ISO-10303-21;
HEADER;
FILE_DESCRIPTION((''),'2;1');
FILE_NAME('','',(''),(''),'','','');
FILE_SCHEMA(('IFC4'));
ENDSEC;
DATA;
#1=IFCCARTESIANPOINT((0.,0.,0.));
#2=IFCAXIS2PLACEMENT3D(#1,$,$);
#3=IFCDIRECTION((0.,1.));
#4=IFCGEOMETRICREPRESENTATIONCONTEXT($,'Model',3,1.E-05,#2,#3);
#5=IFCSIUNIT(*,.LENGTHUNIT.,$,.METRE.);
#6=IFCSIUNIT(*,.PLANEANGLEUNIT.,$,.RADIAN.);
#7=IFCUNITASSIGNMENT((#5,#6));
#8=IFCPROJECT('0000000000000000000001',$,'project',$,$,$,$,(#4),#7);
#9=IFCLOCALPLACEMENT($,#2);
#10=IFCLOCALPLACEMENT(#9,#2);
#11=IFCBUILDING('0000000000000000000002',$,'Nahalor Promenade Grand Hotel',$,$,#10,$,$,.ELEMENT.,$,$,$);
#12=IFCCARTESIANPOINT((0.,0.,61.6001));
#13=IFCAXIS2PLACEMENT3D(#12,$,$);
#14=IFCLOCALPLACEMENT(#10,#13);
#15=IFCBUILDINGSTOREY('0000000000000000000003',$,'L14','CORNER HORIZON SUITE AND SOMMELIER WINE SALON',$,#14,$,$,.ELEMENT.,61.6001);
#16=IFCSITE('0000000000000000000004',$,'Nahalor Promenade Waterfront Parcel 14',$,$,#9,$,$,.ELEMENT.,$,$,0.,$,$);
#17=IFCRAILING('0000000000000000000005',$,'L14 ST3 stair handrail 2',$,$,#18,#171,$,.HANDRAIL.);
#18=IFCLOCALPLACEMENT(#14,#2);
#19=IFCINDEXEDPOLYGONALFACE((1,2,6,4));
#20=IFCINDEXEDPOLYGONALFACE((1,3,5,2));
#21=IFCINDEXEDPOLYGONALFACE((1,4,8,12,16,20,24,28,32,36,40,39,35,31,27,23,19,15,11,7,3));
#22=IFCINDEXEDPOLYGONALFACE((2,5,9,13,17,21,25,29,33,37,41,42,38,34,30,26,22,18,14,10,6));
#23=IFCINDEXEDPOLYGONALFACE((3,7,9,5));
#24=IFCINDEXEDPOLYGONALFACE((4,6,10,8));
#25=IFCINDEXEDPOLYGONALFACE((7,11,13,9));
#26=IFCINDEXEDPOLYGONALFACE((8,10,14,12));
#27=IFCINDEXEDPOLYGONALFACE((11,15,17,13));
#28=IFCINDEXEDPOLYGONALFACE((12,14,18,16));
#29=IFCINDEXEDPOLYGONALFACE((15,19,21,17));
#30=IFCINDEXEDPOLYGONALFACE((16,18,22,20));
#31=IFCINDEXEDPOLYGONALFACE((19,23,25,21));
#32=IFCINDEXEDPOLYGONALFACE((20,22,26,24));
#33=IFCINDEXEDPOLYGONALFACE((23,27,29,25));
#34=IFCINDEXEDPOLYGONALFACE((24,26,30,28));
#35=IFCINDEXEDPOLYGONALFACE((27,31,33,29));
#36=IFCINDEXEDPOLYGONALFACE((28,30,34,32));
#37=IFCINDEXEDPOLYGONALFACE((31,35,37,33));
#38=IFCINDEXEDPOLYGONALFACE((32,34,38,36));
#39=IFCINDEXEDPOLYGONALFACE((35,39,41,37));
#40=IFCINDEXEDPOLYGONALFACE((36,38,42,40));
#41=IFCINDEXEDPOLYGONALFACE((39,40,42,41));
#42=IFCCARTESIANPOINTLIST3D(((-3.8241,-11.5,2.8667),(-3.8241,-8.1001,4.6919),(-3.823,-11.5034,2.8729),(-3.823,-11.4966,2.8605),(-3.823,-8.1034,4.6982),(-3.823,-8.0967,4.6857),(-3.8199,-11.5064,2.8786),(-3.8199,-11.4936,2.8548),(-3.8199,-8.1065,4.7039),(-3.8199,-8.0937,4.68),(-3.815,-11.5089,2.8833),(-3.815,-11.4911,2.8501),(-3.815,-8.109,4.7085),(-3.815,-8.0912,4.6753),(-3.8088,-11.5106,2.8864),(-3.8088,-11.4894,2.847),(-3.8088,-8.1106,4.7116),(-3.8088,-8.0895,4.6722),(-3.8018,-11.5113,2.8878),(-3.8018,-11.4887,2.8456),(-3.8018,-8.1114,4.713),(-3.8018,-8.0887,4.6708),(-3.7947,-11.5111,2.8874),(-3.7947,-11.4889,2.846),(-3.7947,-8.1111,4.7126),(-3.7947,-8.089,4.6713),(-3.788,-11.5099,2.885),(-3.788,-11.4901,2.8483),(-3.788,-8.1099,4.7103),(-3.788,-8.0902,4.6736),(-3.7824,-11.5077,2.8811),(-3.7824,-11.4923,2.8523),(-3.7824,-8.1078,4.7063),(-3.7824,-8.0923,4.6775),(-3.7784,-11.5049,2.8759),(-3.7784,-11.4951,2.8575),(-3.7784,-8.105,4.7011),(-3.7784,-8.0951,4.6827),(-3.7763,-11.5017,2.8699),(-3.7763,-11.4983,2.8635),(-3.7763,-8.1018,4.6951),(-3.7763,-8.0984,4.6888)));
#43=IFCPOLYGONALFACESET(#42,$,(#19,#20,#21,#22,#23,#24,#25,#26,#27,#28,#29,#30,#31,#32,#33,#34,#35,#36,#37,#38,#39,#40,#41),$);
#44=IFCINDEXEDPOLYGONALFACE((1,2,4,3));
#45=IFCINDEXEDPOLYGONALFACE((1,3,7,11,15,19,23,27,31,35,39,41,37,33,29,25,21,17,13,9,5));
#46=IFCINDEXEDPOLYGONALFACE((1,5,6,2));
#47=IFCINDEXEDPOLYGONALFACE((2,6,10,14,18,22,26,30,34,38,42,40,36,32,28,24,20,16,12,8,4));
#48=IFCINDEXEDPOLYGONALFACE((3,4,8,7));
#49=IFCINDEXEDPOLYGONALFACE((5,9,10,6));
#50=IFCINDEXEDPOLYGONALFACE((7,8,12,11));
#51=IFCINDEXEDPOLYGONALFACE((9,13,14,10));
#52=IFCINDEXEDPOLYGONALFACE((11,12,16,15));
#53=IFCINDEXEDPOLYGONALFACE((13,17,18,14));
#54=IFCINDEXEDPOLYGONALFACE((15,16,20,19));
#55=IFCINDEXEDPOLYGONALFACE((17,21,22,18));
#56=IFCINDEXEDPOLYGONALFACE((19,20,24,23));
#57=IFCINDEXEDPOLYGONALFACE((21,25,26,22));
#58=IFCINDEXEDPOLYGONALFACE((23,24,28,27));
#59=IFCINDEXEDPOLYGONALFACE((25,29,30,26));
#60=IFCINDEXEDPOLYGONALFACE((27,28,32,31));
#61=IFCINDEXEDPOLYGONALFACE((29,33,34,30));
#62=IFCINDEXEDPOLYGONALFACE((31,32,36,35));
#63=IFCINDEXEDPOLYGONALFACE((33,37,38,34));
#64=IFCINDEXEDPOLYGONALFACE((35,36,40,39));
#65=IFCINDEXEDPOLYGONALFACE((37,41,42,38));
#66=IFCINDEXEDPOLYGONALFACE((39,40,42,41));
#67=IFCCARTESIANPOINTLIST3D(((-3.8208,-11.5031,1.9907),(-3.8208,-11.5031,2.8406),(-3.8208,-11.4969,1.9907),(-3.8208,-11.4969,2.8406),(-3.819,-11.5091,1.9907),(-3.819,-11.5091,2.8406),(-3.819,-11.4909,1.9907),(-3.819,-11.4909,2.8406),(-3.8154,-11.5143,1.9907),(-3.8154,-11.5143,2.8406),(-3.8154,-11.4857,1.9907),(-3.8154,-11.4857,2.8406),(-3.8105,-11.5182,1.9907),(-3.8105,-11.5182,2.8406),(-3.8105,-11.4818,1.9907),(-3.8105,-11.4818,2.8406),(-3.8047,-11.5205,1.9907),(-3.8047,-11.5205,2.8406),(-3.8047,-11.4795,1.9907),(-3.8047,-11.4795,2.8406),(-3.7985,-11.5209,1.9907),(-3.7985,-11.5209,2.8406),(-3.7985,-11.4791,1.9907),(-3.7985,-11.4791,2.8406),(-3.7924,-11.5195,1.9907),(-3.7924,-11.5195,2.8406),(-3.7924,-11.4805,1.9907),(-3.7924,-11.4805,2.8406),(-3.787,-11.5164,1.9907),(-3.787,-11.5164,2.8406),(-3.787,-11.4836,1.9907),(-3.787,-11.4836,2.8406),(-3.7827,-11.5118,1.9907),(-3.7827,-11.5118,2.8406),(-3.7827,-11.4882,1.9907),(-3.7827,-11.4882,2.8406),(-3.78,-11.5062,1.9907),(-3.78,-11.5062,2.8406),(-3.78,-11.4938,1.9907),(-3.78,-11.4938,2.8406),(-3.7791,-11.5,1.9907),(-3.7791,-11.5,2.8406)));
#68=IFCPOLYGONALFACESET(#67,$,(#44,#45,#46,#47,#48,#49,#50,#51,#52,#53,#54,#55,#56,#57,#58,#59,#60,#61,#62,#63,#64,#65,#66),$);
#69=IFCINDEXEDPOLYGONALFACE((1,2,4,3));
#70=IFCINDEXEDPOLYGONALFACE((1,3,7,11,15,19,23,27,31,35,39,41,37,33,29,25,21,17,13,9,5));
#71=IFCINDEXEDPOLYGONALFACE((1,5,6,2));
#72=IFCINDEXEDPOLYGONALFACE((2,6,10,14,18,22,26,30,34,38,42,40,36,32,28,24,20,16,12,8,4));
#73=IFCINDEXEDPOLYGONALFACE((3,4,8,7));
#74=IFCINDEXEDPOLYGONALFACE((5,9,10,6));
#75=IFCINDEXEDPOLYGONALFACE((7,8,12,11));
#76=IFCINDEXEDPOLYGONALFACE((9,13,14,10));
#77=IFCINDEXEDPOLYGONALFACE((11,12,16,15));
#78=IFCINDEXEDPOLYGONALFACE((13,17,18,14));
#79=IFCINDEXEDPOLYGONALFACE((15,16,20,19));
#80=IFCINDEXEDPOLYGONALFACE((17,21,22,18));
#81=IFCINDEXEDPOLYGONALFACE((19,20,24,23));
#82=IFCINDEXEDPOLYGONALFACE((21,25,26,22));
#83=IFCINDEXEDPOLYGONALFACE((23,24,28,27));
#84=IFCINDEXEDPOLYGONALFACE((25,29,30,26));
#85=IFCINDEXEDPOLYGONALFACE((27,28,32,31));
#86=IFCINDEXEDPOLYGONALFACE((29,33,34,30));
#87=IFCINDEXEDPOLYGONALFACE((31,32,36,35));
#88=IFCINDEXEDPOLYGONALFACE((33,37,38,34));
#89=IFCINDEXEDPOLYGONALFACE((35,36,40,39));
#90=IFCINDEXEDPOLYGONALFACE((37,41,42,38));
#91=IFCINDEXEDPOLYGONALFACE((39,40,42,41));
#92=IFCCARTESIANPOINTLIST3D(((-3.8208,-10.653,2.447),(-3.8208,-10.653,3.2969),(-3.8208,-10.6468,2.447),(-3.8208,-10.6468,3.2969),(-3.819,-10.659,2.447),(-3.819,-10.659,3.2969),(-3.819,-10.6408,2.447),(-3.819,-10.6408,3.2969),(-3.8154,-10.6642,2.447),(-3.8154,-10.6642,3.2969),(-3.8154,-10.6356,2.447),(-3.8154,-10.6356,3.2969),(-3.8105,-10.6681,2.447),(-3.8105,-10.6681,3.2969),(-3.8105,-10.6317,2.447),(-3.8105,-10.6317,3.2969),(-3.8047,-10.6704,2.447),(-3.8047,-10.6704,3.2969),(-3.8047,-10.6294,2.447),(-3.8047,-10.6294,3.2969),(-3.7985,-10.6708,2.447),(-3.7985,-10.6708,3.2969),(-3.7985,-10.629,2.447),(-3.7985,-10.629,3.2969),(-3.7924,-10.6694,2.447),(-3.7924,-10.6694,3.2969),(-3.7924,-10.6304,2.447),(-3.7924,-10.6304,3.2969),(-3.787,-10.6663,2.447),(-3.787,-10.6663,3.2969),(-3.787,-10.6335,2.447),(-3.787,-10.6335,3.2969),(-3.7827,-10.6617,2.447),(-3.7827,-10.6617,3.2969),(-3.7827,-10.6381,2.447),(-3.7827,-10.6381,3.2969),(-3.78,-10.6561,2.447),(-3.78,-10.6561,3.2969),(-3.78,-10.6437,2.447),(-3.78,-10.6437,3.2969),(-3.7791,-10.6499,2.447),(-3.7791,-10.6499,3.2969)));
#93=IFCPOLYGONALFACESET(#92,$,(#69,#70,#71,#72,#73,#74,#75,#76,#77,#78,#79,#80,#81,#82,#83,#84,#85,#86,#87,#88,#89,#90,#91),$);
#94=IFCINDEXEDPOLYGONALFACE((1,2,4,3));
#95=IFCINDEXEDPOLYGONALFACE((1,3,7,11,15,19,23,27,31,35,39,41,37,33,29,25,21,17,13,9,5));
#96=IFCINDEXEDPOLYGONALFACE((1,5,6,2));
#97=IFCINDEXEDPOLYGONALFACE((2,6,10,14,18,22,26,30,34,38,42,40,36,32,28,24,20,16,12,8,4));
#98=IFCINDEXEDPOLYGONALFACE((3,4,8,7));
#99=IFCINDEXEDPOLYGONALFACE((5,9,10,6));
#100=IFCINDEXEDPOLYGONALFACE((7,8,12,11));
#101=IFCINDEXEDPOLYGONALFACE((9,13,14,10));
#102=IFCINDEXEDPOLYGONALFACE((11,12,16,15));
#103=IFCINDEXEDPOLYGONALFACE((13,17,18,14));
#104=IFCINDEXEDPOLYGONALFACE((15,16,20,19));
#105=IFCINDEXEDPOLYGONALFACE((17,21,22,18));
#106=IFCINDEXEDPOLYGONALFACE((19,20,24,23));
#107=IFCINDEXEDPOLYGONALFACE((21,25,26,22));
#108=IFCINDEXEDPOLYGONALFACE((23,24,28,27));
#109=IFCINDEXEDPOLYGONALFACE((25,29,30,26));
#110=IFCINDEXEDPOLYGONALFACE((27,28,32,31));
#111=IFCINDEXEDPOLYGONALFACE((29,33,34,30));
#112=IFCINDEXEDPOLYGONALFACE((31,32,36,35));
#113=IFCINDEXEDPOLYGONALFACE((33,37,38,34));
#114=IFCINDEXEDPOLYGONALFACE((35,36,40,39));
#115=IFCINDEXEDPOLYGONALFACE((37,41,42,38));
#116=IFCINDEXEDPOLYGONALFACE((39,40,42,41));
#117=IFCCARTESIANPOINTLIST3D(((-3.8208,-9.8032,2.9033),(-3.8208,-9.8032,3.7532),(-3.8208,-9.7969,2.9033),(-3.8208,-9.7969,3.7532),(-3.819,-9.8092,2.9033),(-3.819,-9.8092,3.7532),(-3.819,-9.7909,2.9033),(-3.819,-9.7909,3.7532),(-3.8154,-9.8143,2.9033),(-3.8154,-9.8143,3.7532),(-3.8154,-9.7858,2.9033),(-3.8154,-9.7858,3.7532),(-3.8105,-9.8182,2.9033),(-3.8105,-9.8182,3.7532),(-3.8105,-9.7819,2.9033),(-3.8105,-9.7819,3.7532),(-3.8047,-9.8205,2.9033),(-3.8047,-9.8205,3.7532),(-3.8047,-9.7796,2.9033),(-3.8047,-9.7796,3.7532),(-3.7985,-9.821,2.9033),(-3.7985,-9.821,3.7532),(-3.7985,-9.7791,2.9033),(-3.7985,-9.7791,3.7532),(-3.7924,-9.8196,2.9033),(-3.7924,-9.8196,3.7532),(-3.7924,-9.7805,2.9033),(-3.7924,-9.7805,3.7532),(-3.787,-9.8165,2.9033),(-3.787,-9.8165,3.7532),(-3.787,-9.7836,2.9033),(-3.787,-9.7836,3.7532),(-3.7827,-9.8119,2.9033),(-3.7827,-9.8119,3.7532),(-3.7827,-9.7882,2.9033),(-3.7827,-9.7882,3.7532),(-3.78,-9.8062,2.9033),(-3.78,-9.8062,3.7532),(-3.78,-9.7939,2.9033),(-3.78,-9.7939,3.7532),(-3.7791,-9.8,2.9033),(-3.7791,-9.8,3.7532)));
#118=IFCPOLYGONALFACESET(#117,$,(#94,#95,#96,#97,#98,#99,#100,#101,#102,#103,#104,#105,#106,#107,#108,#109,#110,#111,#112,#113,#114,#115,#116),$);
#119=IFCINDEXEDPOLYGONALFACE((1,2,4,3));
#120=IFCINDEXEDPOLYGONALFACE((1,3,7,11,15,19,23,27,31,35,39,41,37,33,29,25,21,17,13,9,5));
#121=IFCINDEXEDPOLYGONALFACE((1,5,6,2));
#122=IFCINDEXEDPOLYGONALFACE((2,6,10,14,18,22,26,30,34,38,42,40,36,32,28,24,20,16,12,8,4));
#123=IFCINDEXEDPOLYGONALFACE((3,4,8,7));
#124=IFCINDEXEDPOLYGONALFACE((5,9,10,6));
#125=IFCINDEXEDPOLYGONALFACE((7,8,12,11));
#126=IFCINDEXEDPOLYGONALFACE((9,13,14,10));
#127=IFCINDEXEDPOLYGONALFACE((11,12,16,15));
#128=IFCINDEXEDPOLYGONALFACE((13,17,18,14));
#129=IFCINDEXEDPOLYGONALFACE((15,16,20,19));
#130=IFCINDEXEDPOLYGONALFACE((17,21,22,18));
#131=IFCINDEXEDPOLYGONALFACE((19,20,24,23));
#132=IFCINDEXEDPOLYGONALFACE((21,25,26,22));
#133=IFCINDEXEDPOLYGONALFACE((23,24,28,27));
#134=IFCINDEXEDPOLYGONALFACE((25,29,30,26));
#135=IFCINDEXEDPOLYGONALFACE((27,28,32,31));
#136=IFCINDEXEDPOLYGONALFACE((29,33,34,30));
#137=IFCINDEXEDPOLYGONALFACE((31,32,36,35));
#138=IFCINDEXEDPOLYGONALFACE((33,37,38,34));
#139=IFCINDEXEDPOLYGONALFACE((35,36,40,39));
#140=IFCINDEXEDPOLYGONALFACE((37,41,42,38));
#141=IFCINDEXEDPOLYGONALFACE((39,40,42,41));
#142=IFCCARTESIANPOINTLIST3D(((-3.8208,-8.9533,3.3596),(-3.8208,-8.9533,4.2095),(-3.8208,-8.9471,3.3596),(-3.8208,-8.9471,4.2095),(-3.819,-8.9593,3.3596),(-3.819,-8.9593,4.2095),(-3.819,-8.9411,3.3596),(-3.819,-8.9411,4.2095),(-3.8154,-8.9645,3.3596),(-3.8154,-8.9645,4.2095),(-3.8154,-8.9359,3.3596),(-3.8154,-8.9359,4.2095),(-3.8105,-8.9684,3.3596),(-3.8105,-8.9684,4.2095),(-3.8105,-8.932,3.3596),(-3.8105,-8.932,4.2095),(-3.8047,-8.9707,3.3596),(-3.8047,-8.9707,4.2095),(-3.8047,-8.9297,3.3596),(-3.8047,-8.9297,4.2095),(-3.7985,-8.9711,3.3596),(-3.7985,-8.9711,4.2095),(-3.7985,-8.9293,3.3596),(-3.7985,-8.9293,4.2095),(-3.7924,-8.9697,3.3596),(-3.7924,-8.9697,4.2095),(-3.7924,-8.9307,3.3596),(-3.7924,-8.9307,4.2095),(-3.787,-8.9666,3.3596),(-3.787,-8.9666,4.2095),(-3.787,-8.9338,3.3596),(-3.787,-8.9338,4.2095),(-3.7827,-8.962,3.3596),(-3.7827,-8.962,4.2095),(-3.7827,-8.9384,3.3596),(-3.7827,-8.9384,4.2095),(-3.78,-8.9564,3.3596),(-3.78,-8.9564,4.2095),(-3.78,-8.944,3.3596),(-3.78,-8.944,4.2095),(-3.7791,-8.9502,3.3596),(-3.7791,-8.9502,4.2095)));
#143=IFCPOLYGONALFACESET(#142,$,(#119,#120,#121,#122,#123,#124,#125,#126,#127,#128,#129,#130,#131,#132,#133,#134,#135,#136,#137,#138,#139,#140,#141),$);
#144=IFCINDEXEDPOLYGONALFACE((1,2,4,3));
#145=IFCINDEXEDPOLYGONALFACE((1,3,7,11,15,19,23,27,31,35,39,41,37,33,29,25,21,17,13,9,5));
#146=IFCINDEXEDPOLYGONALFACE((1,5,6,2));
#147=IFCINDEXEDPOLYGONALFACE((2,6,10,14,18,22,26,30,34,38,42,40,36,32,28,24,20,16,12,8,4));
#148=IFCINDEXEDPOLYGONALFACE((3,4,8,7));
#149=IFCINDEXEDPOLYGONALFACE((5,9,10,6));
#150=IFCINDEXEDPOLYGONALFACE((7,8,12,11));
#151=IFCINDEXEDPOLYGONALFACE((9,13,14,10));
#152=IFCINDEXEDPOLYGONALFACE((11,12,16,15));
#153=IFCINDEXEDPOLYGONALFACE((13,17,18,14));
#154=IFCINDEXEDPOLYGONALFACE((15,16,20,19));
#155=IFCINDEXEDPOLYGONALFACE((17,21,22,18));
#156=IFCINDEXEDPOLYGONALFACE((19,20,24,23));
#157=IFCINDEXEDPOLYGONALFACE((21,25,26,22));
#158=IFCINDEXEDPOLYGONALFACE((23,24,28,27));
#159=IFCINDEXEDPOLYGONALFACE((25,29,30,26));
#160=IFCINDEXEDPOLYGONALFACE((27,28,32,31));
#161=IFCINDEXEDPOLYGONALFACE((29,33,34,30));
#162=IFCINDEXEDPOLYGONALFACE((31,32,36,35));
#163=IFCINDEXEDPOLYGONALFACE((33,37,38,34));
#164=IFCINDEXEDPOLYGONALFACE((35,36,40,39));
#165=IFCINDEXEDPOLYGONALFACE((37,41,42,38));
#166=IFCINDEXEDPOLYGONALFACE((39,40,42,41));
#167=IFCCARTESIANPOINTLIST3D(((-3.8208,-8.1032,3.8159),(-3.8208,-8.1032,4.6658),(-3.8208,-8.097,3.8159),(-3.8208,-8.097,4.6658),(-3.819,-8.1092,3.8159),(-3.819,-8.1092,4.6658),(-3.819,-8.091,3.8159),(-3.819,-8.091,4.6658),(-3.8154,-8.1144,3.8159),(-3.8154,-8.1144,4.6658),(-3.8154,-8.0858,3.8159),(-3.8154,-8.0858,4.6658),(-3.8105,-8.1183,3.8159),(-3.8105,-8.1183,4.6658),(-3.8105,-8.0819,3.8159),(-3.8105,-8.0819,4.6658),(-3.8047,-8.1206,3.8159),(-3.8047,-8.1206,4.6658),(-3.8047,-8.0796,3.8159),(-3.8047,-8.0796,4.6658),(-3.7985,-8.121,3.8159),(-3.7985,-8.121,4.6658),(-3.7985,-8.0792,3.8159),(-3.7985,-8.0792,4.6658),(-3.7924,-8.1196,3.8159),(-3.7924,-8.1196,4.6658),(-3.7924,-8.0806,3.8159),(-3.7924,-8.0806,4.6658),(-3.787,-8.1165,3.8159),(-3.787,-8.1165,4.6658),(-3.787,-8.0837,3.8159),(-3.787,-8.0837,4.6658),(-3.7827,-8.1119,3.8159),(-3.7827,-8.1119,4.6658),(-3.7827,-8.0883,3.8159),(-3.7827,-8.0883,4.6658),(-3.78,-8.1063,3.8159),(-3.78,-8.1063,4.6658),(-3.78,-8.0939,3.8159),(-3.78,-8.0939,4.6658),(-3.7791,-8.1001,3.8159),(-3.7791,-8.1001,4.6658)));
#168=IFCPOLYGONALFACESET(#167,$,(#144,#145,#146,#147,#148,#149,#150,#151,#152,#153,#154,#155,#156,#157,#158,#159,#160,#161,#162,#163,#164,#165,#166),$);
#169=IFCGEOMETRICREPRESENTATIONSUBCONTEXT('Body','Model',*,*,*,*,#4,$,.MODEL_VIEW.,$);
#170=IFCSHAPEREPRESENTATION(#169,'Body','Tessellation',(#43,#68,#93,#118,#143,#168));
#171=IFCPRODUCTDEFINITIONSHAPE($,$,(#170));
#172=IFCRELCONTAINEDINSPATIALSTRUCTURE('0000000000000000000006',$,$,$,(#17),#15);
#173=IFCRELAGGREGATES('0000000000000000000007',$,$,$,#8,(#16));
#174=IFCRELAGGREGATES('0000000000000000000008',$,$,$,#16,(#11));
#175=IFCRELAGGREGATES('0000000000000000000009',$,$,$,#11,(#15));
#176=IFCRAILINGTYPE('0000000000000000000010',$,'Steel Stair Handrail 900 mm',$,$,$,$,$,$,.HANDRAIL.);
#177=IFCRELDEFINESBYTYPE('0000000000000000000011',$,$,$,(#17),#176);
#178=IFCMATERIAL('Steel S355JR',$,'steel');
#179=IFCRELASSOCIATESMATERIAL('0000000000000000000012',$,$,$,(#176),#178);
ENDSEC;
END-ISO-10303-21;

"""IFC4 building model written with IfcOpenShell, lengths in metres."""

from ifc_helpers import new_model, si_unit, direction, frame, origin, origin_2d, place, context, subcontext, project, spatial, circle, extrude, material, type_object, element, save


model = new_model("IFC4")

# Units and contexts
model_context = context("Model", 3, precision=1e-05, world=origin(), true_north=direction((0.0, 1.0)))
body_context = subcontext(model_context, "Body", "Model", "MODEL_VIEW")
ifc_project = project(units=[si_unit("LENGTHUNIT", "METRE"), si_unit("PLANEANGLEUNIT", "RADIAN")], contexts=[model_context])

# Site, building, storey
site_placement = place(None, origin())
site = spatial("IfcSite", under=ifc_project, at=site_placement, Name="Nahalor Promenade Waterfront Parcel 14", CompositionType="ELEMENT", RefElevation=0.0)
building_placement = place(site_placement, origin())
building = spatial("IfcBuilding", under=site, at=building_placement, Name="Nahalor Promenade Grand Hotel", CompositionType="ELEMENT")
storey_placement = place(building_placement, frame((0.0, 0.0, 61.6001)))
storey = spatial("IfcBuildingStorey", under=building, at=storey_placement, Name="L14", Description="CORNER HORIZON SUITE AND SOMMELIER WINE SALON", CompositionType="ELEMENT", Elevation=61.6001)

# Shared definitions
ifc_material_1 = material(Name="Steel S355JR", Category="steel")

# Railing
railing_type_1 = type_object("IfcRailingType", Name="Steel Stair Handrail 900 mm", PredefinedType="HANDRAIL", material=ifc_material_1)
railing_1_placement = place(storey_placement, frame((-3.8, -11.5, 1.9907)))
element("IfcRailing", 1, at=railing_1_placement, inside=storey, type_object=railing_type_1, Name="L14 ST3 stair handrail 2", PredefinedType="HANDRAIL", context=body_context, shape_type="SweptSolid", body=[
    extrude(circle(Radius=0.024, at=origin_2d()), frame((0.0, 0.0, 0.876), z_axis=(0.0, 0.881068, 0.47299), x_axis=(-1.0, 0.0, 0.0)), (0.0, 0.0, 1.0), 3.8589),
    extrude(circle(Radius=0.021, at=origin_2d()), origin(), (0.0, 0.0, 1.0), 0.8499),
    extrude(circle(Radius=0.021, at=origin_2d()), frame((0.0, 0.8501, 0.4563)), (0.0, 0.0, 1.0), 0.8499),
    extrude(circle(Radius=0.021, at=origin_2d()), frame((0.0, 1.7, 0.9126)), (0.0, 0.0, 1.0), 0.8499),
    extrude(circle(Radius=0.021, at=origin_2d()), frame((0.0, 2.5498, 1.3689)), (0.0, 0.0, 1.0), 0.8499),
    extrude(circle(Radius=0.021, at=origin_2d()), frame((0.0, 3.3999, 1.8252)), (0.0, 0.0, 1.0), 0.8499),
])

save(model, "model.ifc")
